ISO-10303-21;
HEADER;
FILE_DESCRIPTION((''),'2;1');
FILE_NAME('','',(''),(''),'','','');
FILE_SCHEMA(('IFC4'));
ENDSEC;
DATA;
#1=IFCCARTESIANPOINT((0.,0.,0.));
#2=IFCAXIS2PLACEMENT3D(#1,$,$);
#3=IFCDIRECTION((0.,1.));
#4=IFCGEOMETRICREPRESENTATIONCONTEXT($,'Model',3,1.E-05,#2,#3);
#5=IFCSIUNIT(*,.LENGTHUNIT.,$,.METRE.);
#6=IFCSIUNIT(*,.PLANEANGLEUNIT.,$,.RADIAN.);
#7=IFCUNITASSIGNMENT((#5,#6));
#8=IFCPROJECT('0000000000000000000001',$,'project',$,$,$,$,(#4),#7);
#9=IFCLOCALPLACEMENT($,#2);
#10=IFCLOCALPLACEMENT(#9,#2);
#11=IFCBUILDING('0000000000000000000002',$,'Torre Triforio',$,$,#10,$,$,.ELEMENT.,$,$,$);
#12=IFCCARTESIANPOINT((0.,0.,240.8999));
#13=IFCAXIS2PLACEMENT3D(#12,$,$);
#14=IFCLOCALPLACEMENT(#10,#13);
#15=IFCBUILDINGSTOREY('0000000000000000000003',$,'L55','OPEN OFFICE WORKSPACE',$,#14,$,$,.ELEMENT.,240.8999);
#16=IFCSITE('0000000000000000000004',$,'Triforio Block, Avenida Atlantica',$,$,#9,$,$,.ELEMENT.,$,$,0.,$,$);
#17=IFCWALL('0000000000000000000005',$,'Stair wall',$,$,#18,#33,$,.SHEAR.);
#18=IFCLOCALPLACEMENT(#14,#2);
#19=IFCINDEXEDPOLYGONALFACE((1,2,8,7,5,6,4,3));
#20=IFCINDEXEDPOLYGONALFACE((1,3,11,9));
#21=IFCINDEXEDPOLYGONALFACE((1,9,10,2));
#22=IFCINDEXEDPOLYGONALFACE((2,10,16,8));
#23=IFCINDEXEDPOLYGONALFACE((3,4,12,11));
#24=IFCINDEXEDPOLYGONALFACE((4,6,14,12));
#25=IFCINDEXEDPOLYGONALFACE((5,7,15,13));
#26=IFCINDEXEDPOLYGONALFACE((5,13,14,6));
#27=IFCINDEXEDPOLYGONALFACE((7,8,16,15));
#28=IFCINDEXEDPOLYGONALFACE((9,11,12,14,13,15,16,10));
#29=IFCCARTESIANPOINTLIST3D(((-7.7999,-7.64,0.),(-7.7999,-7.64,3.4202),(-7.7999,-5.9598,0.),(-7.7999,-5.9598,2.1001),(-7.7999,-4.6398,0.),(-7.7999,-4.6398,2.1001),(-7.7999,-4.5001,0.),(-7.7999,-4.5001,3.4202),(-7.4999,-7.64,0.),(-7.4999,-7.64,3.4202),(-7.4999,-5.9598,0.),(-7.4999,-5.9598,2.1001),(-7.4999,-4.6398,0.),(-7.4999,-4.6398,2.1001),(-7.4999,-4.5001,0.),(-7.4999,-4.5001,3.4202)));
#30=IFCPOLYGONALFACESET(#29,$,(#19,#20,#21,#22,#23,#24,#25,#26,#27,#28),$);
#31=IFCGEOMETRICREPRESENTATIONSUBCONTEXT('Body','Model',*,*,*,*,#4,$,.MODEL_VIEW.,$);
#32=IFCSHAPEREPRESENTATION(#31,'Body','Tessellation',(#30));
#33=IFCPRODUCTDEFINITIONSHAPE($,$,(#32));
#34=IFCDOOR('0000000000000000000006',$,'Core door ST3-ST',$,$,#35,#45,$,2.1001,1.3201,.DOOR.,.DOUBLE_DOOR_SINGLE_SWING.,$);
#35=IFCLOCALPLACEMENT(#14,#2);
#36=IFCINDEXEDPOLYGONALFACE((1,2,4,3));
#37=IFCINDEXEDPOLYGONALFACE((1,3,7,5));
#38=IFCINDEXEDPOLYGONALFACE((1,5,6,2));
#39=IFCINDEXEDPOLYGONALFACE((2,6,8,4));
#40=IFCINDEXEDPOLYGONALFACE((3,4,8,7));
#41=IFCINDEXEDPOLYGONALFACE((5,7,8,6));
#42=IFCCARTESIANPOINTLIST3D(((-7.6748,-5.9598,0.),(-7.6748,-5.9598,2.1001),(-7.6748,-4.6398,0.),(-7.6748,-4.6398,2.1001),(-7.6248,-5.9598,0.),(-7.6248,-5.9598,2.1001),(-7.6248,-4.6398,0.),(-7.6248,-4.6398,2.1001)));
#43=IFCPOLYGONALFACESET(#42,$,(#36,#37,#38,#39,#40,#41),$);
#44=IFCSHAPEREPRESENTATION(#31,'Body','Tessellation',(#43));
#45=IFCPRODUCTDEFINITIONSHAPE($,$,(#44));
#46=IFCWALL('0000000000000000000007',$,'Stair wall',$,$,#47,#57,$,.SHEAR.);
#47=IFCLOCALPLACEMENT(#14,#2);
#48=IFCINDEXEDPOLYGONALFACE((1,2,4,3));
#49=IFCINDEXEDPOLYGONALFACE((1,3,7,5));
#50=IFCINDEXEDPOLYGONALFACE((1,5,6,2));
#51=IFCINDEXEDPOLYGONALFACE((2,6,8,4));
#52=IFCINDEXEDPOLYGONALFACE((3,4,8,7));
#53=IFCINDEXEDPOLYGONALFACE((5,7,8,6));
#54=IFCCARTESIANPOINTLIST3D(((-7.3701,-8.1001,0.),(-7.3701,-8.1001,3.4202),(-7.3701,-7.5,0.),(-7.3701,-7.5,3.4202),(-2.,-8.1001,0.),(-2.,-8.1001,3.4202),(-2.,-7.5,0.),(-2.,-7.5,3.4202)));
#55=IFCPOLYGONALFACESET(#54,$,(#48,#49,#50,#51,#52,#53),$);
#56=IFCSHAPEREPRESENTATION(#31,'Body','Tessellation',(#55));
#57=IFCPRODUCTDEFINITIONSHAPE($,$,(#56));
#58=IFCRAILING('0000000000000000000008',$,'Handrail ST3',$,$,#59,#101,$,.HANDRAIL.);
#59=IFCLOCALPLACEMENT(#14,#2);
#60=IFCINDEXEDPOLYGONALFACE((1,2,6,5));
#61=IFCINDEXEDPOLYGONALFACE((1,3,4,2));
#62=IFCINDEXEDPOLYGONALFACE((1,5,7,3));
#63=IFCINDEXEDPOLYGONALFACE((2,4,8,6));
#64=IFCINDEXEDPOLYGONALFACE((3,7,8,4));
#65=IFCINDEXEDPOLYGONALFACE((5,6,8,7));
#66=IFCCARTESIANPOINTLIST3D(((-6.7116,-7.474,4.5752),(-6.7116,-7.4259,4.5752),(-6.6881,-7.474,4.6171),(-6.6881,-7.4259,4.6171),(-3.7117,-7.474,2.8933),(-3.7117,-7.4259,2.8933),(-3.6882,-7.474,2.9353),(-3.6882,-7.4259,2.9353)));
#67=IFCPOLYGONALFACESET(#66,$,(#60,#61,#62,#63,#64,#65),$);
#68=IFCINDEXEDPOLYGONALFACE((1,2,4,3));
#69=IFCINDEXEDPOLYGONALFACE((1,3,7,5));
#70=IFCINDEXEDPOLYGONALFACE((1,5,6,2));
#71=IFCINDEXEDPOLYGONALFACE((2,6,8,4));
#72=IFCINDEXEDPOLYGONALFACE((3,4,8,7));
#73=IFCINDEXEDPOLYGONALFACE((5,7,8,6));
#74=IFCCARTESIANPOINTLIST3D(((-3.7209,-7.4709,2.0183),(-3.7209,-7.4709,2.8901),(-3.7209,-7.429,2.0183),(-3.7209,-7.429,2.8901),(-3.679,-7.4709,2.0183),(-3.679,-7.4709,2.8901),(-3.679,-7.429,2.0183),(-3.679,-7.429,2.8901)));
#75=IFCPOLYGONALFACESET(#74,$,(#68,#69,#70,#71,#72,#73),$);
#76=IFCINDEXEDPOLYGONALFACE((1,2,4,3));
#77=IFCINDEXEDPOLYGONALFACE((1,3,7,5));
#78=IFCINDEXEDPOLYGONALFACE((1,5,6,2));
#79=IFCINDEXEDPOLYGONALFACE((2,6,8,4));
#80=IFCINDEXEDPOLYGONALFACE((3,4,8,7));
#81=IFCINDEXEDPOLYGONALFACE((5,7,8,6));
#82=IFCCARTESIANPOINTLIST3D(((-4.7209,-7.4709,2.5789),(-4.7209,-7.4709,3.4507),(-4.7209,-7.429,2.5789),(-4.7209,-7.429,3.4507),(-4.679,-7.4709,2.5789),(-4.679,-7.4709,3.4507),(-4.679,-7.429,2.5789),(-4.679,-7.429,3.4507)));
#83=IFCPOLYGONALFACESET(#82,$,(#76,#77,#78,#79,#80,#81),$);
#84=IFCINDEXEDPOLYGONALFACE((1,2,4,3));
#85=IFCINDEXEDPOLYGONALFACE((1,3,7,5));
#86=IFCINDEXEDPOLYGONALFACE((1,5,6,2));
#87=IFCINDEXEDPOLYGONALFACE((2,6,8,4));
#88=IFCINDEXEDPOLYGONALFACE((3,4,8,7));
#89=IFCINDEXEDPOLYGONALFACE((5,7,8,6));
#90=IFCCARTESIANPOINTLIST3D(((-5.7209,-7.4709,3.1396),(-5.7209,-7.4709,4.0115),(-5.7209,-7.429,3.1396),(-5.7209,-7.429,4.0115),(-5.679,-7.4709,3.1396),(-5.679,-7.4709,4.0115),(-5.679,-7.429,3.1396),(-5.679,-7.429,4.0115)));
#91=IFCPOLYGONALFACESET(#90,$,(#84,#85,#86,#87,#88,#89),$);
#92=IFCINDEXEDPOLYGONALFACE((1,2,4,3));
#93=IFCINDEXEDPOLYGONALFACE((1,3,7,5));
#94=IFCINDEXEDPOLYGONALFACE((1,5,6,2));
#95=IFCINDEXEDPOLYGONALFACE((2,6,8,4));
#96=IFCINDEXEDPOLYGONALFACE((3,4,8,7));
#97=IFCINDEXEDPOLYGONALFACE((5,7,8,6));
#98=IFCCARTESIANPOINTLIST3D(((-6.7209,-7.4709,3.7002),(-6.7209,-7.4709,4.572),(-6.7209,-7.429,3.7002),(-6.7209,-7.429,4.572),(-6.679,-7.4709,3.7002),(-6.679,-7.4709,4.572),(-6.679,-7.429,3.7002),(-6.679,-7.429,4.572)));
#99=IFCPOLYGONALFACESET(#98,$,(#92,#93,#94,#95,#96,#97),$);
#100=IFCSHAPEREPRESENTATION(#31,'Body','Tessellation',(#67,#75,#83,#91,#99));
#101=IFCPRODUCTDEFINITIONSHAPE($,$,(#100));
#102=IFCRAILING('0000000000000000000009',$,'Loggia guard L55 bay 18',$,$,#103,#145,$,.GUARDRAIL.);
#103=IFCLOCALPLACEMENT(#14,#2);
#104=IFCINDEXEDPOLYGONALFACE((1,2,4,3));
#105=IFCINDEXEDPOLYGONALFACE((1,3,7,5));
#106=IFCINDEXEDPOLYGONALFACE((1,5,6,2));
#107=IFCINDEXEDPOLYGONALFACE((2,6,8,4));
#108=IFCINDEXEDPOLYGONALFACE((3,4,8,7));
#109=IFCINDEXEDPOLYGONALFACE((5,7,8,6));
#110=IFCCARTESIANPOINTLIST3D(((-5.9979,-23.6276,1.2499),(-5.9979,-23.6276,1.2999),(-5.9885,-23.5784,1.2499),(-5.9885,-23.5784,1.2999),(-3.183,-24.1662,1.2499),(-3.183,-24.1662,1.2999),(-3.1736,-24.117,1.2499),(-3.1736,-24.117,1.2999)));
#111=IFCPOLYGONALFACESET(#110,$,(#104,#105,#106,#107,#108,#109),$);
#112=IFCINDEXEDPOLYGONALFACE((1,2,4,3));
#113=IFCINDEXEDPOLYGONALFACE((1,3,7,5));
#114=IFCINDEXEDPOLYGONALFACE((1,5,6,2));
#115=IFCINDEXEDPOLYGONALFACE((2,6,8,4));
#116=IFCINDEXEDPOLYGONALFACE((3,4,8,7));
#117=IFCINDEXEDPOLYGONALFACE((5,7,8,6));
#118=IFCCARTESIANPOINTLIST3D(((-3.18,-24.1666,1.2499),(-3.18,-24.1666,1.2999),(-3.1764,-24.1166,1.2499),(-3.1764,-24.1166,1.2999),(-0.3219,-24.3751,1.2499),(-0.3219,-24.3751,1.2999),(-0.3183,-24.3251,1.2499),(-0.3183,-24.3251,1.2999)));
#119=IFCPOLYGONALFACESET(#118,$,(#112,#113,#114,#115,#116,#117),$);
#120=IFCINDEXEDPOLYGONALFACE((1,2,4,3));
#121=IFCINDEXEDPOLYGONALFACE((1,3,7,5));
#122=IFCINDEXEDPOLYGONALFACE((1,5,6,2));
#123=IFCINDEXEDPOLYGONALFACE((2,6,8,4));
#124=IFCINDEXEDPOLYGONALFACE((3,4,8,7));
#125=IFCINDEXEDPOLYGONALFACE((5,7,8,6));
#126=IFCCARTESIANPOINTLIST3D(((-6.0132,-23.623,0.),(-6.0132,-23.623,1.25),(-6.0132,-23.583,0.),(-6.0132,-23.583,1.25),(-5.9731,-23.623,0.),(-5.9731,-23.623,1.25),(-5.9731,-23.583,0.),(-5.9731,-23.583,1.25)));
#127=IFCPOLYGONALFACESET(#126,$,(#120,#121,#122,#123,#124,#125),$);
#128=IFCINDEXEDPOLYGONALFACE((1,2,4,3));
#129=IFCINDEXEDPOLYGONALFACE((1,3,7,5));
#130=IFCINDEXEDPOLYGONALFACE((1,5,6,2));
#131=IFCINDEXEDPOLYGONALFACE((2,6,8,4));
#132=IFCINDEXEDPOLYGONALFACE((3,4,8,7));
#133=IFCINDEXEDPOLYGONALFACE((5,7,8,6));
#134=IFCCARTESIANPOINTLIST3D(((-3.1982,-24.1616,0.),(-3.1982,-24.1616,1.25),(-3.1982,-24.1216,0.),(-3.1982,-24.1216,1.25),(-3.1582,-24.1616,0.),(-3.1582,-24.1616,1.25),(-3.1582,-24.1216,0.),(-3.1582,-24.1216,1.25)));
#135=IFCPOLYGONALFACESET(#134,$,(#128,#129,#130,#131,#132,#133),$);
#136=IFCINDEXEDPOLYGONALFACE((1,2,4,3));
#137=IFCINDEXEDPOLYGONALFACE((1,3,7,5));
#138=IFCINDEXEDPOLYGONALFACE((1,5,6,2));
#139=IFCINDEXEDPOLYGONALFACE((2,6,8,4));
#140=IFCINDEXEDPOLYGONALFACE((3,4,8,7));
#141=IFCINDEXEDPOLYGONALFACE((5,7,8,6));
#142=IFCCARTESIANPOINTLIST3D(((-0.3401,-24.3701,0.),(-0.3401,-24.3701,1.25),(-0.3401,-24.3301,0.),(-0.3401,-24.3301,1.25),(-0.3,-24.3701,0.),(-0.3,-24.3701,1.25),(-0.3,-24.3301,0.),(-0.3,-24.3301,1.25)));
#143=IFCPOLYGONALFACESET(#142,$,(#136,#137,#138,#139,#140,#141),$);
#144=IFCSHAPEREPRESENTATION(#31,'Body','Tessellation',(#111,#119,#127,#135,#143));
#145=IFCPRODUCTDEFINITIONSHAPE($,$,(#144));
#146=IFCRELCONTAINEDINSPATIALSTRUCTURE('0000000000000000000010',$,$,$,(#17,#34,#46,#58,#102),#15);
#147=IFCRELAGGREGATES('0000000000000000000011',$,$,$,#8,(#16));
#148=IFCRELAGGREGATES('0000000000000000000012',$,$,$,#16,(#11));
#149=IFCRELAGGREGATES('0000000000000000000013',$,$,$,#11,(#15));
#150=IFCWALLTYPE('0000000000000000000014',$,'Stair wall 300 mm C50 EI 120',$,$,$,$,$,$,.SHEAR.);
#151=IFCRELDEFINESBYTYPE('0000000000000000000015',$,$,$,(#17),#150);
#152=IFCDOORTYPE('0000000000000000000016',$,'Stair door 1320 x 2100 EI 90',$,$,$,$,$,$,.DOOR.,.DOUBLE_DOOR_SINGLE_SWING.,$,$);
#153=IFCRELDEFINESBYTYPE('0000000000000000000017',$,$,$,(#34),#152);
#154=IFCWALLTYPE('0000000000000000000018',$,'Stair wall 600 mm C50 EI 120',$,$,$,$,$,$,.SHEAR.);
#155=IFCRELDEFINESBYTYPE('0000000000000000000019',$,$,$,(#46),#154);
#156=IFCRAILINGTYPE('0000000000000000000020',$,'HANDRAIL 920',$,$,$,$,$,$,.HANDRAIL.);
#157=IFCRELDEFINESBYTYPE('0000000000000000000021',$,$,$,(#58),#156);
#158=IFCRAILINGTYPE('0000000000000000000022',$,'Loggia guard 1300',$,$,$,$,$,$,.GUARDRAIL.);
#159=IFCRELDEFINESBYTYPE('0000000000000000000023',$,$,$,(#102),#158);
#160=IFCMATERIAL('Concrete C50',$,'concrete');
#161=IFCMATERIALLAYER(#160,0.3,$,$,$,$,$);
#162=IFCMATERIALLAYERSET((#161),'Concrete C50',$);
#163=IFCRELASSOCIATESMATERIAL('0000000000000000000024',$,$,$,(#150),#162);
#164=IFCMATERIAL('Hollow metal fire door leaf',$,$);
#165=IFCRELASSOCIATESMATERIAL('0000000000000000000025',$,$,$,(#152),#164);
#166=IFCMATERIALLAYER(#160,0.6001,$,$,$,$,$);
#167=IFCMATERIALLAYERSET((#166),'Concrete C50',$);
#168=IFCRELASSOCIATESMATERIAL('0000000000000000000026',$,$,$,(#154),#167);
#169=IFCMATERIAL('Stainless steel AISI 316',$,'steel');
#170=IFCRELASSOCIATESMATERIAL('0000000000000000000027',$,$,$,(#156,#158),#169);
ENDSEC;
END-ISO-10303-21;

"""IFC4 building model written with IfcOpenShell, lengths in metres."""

from ifc_helpers import new_model, si_unit, direction, frame, frame_2d, origin, origin_2d, place, context, subcontext, project, spatial, rectangle, extrude, material, layer, layer_set, type_object, element, fill, save


model = new_model("IFC4")

# Units and contexts
model_context = context("Model", 3, precision=1e-05, world=origin(), true_north=direction((0.0, 1.0)))
body_context = subcontext(model_context, "Body", "Model", "MODEL_VIEW")
ifc_project = project(units=[si_unit("LENGTHUNIT", "METRE"), si_unit("PLANEANGLEUNIT", "RADIAN")], contexts=[model_context])

# Site, building, storey
site_placement = place(None, origin())
site = spatial("IfcSite", under=ifc_project, at=site_placement, Name="Triforio Block, Avenida Atlantica", CompositionType="ELEMENT", RefElevation=0.0)
building_placement = place(site_placement, origin())
building = spatial("IfcBuilding", under=site, at=building_placement, Name="Torre Triforio", CompositionType="ELEMENT")
storey_placement = place(building_placement, frame((0.0, 0.0, 240.8999)))
storey = spatial("IfcBuildingStorey", under=building, at=storey_placement, Name="L55", Description="OPEN OFFICE WORKSPACE", CompositionType="ELEMENT", Elevation=240.8999)

# Shared definitions
ifc_material_1 = material(Name="Concrete C50", Category="concrete")

# Shared definitions
ifc_material_2 = material(Name="Hollow metal fire door leaf")

# Wall, opening, door
ifc_layer_1 = layer(ifc_material_1, 0.3)
ifc_layer_set_1 = layer_set([ifc_layer_1], Name="Concrete C50")
wall_type_1 = type_object("IfcWallType", Name="Stair wall 300 mm C50 EI 120", PredefinedType="SHEAR", material=ifc_layer_set_1)
wall_1_placement = place(storey_placement, frame((-7.6499, -7.6399, 0.0), z_axis=(0.0, 0.0, 1.0), x_axis=(0.0, 1.0, 0.0)))
wall_1 = element("IfcWall", 1, at=wall_1_placement, inside=storey, type_object=wall_type_1, Name="Stair wall", PredefinedType="SHEAR", context=body_context, shape_type="SweptSolid", body=[
    extrude(rectangle(XDim=3.1399, YDim=0.3, at=frame_2d((1.5698, 0.0))), origin(), (0.0, 0.0, 1.0), 3.4202),
])
opening_1_placement = place(wall_1_placement, frame((1.6799, 0.0, 0.0)))
opening_1 = element("IfcOpeningElement", 2, at=opening_1_placement, cuts=wall_1, PredefinedType="OPENING", context=body_context, shape_type="SweptSolid", body=[
    extrude(rectangle(XDim=1.3201, YDim=2.1001, at=frame_2d((0.6602, 1.05))), frame((0.0, 0.1599, 0.0), z_axis=(0.0, -1.0, 0.0), x_axis=(1.0, 0.0, 0.0)), (0.0, 0.0, 1.0), 0.3201),
])
door_type_1 = type_object("IfcDoorType", Name="Stair door 1320 x 2100 EI 90", OperationType="DOUBLE_DOOR_SINGLE_SWING", PredefinedType="DOOR", material=ifc_material_2)
door_1_placement = place(opening_1_placement, origin())
door_1 = element("IfcDoor", 3, at=door_1_placement, inside=storey, type_object=door_type_1, Name="Core door ST3-ST", OperationType="DOUBLE_DOOR_SINGLE_SWING", OverallHeight=2.1001, OverallWidth=1.3201, PredefinedType="DOOR", context=body_context, shape_type="SweptSolid", body=[
    extrude(rectangle(XDim=1.3201, YDim=2.1001, at=frame_2d((0.6602, 1.05))), frame((0.0, 0.0249, 0.0), z_axis=(0.0, -1.0, 0.0), x_axis=(1.0, 0.0, 0.0)), (0.0, 0.0, 1.0), 0.05),
])
fill(opening_1, door_1)

# Wall
ifc_layer_2 = layer(ifc_material_1, 0.6001)
ifc_layer_set_2 = layer_set([ifc_layer_2], Name="Concrete C50")
wall_type_2 = type_object("IfcWallType", Name="Stair wall 600 mm C50 EI 120", PredefinedType="SHEAR", material=ifc_layer_set_2)
wall_2_placement = place(storey_placement, frame((-7.3701, -7.8, 0.0), z_axis=(0.0, 0.0, 1.0), x_axis=(1.0, 0.0, 0.0)))
element("IfcWall", 4, at=wall_2_placement, inside=storey, type_object=wall_type_2, Name="Stair wall", PredefinedType="SHEAR", context=body_context, shape_type="SweptSolid", body=[
    extrude(rectangle(XDim=5.3701, YDim=0.6001, at=frame_2d((2.6851, 0.0))), origin(), (0.0, 0.0, 1.0), 3.4202),
])

# Railings
ifc_material_3 = material(Name="Stainless steel AISI 316", Category="steel")
railing_type_1 = type_object("IfcRailingType", Name="HANDRAIL 920", PredefinedType="HANDRAIL", material=ifc_material_3)
railing_1_placement = place(storey_placement, frame((-3.7, -7.45, 2.0183)))
element("IfcRailing", 5, at=railing_1_placement, inside=storey, type_object=railing_type_1, Name="Handrail ST3", PredefinedType="HANDRAIL", context=body_context, shape_type="SweptSolid", body=[
    extrude(rectangle(XDim=0.0481, YDim=0.0481, at=origin_2d()), frame((0.0, 0.0, 0.896), z_axis=(-0.872272, 0.0, 0.48902), x_axis=(0.0, -1.0, 0.0)), (0.0, 0.0, 1.0), 3.4392),
    extrude(rectangle(XDim=0.042, YDim=0.042, at=origin_2d()), origin(), (0.0, 0.0, 1.0), 0.8718),
    extrude(rectangle(XDim=0.042, YDim=0.042, at=origin_2d()), frame((-1.0, 0.0, 0.5605)), (0.0, 0.0, 1.0), 0.8718),
    extrude(rectangle(XDim=0.042, YDim=0.042, at=origin_2d()), frame((-2.0, 0.0, 1.1213)), (0.0, 0.0, 1.0), 0.8718),
    extrude(rectangle(XDim=0.042, YDim=0.042, at=origin_2d()), frame((-3.0, 0.0, 1.6819)), (0.0, 0.0, 1.0), 0.8718),
])
railing_type_2 = type_object("IfcRailingType", Name="Loggia guard 1300", PredefinedType="GUARDRAIL", material=ifc_material_3)
railing_2_placement = place(storey_placement, frame((-5.9932, -23.603, 0.0)))
element("IfcRailing", 6, at=railing_2_placement, inside=storey, type_object=railing_type_2, Name="Loggia guard L55 bay 18", PredefinedType="GUARDRAIL", context=body_context, shape_type="SweptSolid", body=[
    extrude(rectangle(XDim=0.05, YDim=0.05, at=origin_2d()), frame((0.0, 0.0, 1.2749), z_axis=(0.982185, -0.187918, 0.0), x_axis=(0.187918, 0.982185, 0.0)), (0.0, 0.0, 1.0), 2.866),
    extrude(rectangle(XDim=0.05, YDim=0.05, at=origin_2d()), frame((2.8149, -0.5386, 1.2749), z_axis=(0.99735, -0.072754, 0.0), x_axis=(0.072754, 0.99735, 0.0)), (0.0, 0.0, 1.0), 2.8657),
    extrude(rectangle(XDim=0.04, YDim=0.04, at=origin_2d()), origin(), (0.0, 0.0, 1.0), 1.25),
    extrude(rectangle(XDim=0.04, YDim=0.04, at=origin_2d()), frame((2.8149, -0.5386, 0.0)), (0.0, 0.0, 1.0), 1.25),
    extrude(rectangle(XDim=0.04, YDim=0.04, at=origin_2d()), frame((5.6731, -0.7471, 0.0)), (0.0, 0.0, 1.0), 1.25),
])

save(model, "model.ifc")
